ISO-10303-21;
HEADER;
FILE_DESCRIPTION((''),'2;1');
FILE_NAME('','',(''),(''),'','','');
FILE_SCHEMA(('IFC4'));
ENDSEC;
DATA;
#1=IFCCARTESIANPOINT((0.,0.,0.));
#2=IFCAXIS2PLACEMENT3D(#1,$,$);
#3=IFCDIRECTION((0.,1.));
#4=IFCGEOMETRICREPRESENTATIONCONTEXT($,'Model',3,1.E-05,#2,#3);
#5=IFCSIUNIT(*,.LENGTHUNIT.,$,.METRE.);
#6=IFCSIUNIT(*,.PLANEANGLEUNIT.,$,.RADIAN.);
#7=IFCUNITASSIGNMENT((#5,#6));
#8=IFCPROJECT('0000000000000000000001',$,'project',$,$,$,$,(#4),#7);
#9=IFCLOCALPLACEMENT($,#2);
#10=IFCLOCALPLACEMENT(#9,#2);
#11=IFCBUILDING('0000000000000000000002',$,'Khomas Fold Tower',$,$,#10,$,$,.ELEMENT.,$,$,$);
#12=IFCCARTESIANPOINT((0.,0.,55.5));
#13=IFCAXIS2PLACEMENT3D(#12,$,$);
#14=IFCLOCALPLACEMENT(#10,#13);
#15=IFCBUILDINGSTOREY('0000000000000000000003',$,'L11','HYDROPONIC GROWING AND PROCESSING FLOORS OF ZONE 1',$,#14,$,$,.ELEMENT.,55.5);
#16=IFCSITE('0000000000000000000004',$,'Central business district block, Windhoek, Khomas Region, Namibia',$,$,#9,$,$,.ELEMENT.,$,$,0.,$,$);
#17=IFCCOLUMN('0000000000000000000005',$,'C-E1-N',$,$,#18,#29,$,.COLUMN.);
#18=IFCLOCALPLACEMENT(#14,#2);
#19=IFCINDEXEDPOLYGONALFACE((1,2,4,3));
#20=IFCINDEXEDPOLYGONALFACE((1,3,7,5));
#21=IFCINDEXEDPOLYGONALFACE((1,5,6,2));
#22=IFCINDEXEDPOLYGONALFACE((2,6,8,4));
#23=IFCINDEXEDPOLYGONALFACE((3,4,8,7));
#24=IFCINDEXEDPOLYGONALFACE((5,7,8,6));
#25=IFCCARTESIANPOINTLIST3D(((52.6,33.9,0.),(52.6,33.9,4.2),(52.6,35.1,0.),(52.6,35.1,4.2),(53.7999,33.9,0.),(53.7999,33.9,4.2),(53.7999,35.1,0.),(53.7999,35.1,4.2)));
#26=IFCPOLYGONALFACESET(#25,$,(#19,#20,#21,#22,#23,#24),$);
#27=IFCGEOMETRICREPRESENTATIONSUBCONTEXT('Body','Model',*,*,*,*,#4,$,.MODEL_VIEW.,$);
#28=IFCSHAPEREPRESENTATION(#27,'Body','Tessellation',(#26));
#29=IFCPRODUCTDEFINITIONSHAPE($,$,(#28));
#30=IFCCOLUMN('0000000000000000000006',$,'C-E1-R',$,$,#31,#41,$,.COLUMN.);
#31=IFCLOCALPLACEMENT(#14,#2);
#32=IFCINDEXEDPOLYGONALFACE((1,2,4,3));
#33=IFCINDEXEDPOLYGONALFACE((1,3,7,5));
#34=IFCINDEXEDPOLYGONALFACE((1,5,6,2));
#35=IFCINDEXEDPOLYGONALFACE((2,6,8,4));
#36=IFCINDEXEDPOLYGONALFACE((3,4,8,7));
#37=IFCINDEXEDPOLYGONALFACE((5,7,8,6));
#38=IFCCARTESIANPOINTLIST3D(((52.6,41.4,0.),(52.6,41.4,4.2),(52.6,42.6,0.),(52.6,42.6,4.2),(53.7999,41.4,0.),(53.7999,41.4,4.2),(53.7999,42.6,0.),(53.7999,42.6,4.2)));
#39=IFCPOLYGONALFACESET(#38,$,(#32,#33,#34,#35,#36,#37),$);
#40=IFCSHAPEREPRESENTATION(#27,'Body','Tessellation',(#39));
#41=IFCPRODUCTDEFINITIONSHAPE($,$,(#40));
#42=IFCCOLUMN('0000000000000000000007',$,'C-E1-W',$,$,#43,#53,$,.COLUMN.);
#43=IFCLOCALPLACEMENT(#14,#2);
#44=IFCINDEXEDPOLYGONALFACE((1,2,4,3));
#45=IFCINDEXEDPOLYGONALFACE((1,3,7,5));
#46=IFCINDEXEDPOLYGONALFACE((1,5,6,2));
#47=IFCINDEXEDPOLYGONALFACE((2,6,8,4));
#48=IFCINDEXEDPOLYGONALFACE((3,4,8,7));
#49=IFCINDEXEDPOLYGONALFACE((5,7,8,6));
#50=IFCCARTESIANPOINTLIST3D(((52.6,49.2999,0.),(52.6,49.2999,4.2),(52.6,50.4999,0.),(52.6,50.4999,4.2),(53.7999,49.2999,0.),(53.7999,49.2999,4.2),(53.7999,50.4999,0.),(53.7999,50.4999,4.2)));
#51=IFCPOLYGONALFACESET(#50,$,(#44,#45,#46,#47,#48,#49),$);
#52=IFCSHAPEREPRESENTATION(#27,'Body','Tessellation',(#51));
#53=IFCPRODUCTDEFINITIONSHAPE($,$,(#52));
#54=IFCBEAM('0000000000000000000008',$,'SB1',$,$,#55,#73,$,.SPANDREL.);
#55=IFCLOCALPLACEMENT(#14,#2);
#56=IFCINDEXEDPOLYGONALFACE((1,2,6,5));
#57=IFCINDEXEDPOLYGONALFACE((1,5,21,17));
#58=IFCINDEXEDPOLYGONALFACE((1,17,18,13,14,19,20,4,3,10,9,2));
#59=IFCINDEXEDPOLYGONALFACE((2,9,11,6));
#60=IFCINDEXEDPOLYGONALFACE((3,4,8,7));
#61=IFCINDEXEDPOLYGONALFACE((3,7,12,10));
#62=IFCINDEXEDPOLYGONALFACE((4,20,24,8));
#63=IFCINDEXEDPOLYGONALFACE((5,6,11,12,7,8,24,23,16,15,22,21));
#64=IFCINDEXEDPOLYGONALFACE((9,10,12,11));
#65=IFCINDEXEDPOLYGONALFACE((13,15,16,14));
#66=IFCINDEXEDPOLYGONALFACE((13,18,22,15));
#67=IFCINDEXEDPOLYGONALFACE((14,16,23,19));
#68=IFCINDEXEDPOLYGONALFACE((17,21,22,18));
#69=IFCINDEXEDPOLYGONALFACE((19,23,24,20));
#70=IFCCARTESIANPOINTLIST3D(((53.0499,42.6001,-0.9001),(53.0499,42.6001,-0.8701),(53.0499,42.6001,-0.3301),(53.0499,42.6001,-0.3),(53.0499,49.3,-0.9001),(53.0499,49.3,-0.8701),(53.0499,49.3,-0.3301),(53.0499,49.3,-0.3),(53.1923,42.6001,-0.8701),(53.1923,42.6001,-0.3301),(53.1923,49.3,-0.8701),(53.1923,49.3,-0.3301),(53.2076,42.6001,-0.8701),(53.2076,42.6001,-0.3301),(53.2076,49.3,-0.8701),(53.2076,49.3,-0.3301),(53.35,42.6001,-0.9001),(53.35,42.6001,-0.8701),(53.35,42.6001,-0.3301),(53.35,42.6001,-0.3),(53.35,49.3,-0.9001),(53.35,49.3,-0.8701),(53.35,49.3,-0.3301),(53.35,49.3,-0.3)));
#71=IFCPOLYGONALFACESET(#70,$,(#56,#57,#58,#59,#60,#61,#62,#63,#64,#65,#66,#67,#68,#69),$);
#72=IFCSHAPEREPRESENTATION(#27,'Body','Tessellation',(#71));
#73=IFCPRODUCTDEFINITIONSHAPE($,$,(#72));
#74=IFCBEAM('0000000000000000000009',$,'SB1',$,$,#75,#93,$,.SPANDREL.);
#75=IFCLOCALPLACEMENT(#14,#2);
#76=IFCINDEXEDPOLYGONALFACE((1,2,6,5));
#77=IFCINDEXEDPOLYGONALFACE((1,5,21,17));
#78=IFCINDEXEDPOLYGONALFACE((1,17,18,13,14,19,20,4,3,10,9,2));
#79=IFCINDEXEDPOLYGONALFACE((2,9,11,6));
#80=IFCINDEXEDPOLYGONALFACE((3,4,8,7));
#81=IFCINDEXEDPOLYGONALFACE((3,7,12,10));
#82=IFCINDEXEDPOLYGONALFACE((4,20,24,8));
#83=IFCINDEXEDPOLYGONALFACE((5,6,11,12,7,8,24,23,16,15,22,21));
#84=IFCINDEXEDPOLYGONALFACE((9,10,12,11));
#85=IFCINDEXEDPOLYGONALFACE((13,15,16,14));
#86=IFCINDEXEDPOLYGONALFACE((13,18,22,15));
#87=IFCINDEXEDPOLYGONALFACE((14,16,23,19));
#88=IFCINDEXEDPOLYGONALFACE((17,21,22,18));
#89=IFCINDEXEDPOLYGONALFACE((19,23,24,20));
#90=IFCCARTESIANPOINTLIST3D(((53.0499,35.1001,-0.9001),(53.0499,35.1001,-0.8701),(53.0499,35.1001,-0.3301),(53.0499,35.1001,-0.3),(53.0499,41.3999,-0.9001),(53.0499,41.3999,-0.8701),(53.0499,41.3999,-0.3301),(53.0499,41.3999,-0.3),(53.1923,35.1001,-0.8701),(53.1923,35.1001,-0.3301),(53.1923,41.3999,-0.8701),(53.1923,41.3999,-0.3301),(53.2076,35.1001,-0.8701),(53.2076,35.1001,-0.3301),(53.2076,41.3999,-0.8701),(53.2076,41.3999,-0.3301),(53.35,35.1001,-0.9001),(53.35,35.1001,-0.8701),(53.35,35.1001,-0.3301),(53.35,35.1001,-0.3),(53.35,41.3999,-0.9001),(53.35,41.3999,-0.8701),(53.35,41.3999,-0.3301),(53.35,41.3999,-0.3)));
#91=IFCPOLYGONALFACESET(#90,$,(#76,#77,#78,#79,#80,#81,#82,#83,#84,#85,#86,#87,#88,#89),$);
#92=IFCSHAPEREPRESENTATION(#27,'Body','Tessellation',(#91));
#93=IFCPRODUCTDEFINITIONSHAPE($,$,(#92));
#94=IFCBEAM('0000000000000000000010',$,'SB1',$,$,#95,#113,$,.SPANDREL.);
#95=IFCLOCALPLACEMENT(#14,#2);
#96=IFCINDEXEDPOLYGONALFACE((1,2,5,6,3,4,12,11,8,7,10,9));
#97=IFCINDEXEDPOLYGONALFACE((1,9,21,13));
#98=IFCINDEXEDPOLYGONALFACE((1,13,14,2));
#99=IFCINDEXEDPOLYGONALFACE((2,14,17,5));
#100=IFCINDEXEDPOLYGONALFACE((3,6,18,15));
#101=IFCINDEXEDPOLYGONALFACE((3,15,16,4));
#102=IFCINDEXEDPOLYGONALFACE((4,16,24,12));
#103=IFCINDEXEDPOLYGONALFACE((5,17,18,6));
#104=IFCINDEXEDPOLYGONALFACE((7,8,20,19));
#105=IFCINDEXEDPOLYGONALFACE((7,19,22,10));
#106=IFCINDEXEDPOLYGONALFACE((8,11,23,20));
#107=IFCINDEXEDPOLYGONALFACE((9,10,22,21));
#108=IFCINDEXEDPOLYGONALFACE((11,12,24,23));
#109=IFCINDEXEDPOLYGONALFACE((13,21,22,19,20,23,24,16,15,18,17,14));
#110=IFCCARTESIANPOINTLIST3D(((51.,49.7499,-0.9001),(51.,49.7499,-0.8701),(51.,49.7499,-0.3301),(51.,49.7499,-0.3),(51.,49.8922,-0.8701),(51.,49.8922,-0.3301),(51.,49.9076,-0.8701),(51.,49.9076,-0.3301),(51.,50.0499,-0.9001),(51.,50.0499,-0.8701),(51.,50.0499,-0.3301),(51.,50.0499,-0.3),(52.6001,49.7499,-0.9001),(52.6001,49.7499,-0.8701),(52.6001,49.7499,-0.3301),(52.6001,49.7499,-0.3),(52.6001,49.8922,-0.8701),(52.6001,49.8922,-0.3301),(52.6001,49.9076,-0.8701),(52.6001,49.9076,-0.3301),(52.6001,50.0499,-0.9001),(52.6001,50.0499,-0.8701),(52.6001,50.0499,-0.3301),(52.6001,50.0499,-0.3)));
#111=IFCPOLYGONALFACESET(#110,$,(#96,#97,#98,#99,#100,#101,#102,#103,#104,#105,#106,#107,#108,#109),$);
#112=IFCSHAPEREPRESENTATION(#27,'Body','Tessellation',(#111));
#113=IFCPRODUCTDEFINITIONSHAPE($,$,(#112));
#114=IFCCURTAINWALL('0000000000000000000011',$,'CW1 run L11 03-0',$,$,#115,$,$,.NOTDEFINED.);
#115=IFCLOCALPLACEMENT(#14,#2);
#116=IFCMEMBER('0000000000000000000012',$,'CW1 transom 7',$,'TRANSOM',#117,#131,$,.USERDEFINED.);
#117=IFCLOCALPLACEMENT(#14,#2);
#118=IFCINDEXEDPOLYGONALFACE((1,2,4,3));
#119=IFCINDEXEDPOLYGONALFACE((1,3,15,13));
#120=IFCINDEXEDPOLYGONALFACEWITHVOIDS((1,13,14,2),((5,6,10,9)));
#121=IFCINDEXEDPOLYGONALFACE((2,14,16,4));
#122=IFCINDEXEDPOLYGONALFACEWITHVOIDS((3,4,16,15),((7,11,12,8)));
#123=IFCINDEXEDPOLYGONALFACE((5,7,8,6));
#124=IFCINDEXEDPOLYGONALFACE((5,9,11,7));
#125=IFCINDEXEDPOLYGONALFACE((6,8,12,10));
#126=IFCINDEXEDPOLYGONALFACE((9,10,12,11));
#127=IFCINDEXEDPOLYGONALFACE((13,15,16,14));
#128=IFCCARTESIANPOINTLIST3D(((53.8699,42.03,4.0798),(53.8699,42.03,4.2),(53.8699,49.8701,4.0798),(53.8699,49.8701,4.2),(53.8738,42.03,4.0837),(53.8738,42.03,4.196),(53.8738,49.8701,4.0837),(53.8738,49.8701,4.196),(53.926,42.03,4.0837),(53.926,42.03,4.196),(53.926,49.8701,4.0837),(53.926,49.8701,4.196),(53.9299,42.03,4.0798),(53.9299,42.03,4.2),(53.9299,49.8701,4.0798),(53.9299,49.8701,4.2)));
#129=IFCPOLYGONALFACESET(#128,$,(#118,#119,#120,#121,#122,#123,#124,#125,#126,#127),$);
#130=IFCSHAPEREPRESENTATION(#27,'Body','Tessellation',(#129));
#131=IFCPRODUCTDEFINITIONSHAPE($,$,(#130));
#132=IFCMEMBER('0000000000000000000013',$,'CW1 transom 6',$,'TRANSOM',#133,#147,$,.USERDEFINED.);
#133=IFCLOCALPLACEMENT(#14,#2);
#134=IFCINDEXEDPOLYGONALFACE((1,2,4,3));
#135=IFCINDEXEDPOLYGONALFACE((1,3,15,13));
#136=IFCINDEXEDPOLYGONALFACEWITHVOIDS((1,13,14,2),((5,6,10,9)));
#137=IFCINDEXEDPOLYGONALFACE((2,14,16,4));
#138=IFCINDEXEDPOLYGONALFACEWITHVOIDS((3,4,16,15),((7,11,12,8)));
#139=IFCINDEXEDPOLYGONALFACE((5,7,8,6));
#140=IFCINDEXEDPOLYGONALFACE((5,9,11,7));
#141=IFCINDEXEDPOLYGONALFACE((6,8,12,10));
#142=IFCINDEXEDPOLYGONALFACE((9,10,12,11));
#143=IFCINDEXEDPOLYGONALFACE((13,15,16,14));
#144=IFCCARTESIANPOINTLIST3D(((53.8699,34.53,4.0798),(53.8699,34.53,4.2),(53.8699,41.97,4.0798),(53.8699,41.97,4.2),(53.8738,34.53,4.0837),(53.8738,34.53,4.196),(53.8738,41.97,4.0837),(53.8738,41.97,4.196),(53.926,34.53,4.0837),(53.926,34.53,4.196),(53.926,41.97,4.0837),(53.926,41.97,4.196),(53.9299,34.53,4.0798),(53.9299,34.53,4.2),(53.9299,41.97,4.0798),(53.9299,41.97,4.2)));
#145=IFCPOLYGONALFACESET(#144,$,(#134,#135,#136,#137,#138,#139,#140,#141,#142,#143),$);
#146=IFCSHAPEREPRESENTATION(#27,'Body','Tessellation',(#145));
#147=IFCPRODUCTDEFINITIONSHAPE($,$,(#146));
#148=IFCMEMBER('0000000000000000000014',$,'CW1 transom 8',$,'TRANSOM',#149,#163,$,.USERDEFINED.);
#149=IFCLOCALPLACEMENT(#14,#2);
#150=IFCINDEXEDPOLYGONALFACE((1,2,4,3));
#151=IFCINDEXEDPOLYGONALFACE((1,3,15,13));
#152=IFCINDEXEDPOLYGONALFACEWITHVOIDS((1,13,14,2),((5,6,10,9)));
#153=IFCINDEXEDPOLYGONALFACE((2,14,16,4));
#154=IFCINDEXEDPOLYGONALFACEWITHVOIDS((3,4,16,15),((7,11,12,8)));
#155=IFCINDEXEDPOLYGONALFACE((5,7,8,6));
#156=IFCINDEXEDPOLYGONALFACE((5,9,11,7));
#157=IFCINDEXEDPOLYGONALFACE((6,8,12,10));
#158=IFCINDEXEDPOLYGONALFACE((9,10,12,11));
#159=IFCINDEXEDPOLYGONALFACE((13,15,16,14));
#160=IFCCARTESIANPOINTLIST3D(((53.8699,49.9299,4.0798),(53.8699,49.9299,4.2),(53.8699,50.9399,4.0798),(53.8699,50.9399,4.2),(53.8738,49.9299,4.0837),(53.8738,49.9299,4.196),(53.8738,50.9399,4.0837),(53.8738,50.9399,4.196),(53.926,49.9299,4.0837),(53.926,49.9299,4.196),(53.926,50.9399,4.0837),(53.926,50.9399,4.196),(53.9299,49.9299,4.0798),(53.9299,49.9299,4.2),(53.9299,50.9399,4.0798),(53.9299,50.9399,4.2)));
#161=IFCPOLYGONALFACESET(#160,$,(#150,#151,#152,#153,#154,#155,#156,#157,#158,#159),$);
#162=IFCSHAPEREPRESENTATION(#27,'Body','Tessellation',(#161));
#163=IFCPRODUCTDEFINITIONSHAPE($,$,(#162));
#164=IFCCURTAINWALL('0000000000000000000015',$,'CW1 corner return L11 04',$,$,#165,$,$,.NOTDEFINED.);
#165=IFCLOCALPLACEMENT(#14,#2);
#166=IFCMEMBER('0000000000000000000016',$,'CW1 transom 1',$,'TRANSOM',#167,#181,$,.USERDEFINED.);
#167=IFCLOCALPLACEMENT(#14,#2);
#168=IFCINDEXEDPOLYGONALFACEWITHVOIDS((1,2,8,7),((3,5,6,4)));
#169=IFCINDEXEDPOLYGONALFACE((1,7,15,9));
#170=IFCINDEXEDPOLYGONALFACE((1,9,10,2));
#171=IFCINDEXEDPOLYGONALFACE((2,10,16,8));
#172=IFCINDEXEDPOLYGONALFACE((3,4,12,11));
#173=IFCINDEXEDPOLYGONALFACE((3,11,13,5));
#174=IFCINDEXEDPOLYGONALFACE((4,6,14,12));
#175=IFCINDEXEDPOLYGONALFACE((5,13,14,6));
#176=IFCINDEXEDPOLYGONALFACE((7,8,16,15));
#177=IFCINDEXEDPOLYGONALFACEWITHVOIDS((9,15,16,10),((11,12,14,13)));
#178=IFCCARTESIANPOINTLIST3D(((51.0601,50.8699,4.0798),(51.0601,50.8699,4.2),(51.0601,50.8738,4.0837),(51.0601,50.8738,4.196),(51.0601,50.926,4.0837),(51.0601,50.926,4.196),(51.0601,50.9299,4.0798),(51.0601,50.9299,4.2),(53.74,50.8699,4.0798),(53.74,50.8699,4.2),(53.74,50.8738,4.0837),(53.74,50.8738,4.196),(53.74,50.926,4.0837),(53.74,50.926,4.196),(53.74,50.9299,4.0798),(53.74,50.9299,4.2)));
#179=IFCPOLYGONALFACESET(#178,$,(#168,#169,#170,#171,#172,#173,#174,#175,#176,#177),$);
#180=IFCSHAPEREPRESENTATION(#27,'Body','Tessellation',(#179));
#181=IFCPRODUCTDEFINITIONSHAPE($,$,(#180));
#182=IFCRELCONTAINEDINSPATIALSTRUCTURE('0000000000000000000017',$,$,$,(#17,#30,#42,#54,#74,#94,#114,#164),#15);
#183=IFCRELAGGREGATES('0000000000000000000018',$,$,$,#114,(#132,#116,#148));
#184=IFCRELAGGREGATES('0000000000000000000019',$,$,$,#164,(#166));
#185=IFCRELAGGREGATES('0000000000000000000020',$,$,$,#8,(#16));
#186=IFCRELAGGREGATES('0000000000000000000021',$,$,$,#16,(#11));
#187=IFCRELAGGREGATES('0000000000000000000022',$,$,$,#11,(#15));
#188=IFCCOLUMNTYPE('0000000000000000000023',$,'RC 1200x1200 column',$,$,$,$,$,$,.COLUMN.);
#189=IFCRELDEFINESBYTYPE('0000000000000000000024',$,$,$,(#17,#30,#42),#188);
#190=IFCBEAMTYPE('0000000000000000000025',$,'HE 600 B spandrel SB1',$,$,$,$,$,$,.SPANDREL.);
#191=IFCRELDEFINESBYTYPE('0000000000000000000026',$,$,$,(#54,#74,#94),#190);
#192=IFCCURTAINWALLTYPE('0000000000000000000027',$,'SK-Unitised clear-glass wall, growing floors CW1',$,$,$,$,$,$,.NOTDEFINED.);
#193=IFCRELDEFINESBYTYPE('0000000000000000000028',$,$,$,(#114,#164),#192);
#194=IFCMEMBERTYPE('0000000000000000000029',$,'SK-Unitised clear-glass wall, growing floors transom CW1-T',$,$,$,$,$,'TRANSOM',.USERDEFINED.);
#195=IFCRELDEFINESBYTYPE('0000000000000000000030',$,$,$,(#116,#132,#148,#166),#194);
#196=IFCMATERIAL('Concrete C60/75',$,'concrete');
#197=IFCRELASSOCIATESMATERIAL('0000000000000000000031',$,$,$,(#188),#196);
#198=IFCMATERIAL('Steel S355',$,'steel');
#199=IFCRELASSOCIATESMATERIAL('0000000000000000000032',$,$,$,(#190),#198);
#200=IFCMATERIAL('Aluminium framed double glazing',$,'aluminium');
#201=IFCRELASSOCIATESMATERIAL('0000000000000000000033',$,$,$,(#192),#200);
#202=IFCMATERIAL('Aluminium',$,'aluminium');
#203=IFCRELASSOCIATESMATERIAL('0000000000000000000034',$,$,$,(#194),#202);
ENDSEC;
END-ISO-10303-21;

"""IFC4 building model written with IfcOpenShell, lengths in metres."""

from ifc_helpers import new_model, si_unit, direction, frame, origin, origin_2d, place, context, subcontext, project, spatial, rectangle, hollow_rectangle, i_section, extrude, source, transform, mapped, material, material_profile, profile_set, type_object, element, aggregate, save


model = new_model("IFC4")

# Units and contexts
model_context = context("Model", 3, precision=1e-05, world=origin(), true_north=direction((0.0, 1.0)))
body_context = subcontext(model_context, "Body", "Model", "MODEL_VIEW")
ifc_project = project(units=[si_unit("LENGTHUNIT", "METRE"), si_unit("PLANEANGLEUNIT", "RADIAN")], contexts=[model_context])

# Site, building, storey
site_placement = place(None, origin())
site = spatial("IfcSite", under=ifc_project, at=site_placement, Name="Central business district block, Windhoek, Khomas Region, Namibia", CompositionType="ELEMENT", RefElevation=0.0)
building_placement = place(site_placement, origin())
building = spatial("IfcBuilding", under=site, at=building_placement, Name="Khomas Fold Tower", CompositionType="ELEMENT")
storey_placement = place(building_placement, frame((0.0, 0.0, 55.5)))
storey = spatial("IfcBuildingStorey", under=building, at=storey_placement, Name="L11", Description="HYDROPONIC GROWING AND PROCESSING FLOORS OF ZONE 1", CompositionType="ELEMENT", Elevation=55.5)

# Columns
ifc_material_1 = material(Name="Concrete C60/75", Category="concrete")
ifc_material_profile_1 = material_profile(ifc_material_1, rectangle(XDim=1.2, YDim=1.2, at=origin_2d()), Name="RC 1200x1200")
ifc_profile_set_1 = profile_set([ifc_material_profile_1], Name="Concrete C60/75")
column_type = type_object("IfcColumnType", Name="RC 1200x1200 column", PredefinedType="COLUMN", material=ifc_profile_set_1)
shared_shape_1 = source(origin(), body_context, "Body", "SweptSolid", [
    extrude(rectangle(XDim=1.2, YDim=1.2, at=origin_2d()), origin(), (0.0, 0.0, 1.0), 4.2),
])
for number, where, z_axis, x_axis, name in (
    (1, (53.2, 34.5, 0.0), (0.0, 0.0, 1.0), (1.0, 0.0, 0.0), "C-E1-N"),
    (2, (53.2, 42.0, 0.0), (0.0, 0.0, 1.0), (1.0, 0.0, 0.0), "C-E1-R"),
    (3, (53.2, 49.8999, 0.0), (0.0, 0.0, 1.0), (1.0, 0.0, 0.0), "C-E1-W"),
):
    element("IfcColumn", number, at=place(storey_placement, frame(where, z_axis=z_axis, x_axis=x_axis)), inside=storey, type_object=column_type, Name=name, PredefinedType="COLUMN", context=body_context, shape_type="MappedRepresentation", body=[
        mapped(shared_shape_1, transform((0.0, 0.0, 0.0))),
    ])

# Beams
ifc_material_2 = material(Name="Steel S355", Category="steel")
ifc_material_profile_2 = material_profile(ifc_material_2, i_section(OverallWidth=0.3, OverallDepth=0.6001, WebThickness=0.0154, FlangeThickness=0.03, at=origin_2d()), Name="HE 600 B")
ifc_profile_set_2 = profile_set([ifc_material_profile_2], Name="Steel S355")
beam_type = type_object("IfcBeamType", Name="HE 600 B spandrel SB1", PredefinedType="SPANDREL", material=ifc_profile_set_2)
shared_shape_2 = source(origin(), body_context, "Body", "SweptSolid", [
    extrude(i_section(OverallWidth=0.3, OverallDepth=0.6001, WebThickness=0.0154, FlangeThickness=0.03, at=origin_2d()), origin(), (0.0, 0.0, 1.0), 6.7),
])
beam_1_placement = place(storey_placement, frame((53.2, 42.6001, -0.6001), z_axis=(0.0, 1.0, 0.0), x_axis=(-1.0, 0.0, 0.0)))
element("IfcBeam", 4, at=beam_1_placement, inside=storey, type_object=beam_type, Name="SB1", PredefinedType="SPANDREL", context=body_context, shape_type="MappedRepresentation", body=[
    mapped(shared_shape_2, transform((0.0, 0.0, 0.0))),
])
shared_shape_3 = source(origin(), body_context, "Body", "SweptSolid", [
    extrude(i_section(OverallWidth=0.3, OverallDepth=0.6001, WebThickness=0.0154, FlangeThickness=0.03, at=origin_2d()), origin(), (0.0, 0.0, 1.0), 6.2998),
])
beam_2_placement = place(storey_placement, frame((53.2, 35.1001, -0.6001), z_axis=(0.0, 1.0, 0.0), x_axis=(-1.0, 0.0, 0.0)))
element("IfcBeam", 5, at=beam_2_placement, inside=storey, type_object=beam_type, Name="SB1", PredefinedType="SPANDREL", context=body_context, shape_type="MappedRepresentation", body=[
    mapped(shared_shape_3, transform((0.0, 0.0, 0.0))),
])
shared_shape_4 = source(origin(), body_context, "Body", "SweptSolid", [
    extrude(i_section(OverallWidth=0.3, OverallDepth=0.6001, WebThickness=0.0154, FlangeThickness=0.03, at=origin_2d()), origin(), (0.0, 0.0, 1.0), 1.6001),
])
beam_3_placement = place(storey_placement, frame((51.0, 49.8999, -0.6001), z_axis=(1.0, 0.0, 0.0), x_axis=(0.0, 1.0, 0.0)))
element("IfcBeam", 6, at=beam_3_placement, inside=storey, type_object=beam_type, Name="SB1", PredefinedType="SPANDREL", context=body_context, shape_type="MappedRepresentation", body=[
    mapped(shared_shape_4, transform((0.0, 0.0, 0.0))),
])

# Curtain wall, members
ifc_material_3 = material(Name="Aluminium framed double glazing", Category="aluminium")
curtain_wall_type = type_object("IfcCurtainWallType", Name="SK-Unitised clear-glass wall, growing floors CW1", PredefinedType="NOTDEFINED", material=ifc_material_3)
curtain_wall_1_placement = place(storey_placement, origin())
curtain_wall_1 = element("IfcCurtainWall", 7, at=curtain_wall_1_placement, inside=storey, type_object=curtain_wall_type, Name="CW1 run L11 03-0", PredefinedType="NOTDEFINED")
ifc_material_4 = material(Name="Aluminium", Category="aluminium")
ifc_material_profile_3 = material_profile(ifc_material_4, hollow_rectangle(XDim=0.0601, YDim=0.1201, WallThickness=0.0039, at=origin_2d()), Name="SK-Unitised clear-glass wall, growing floors transom CW1-T")
ifc_profile_set_3 = profile_set([ifc_material_profile_3], Name="Aluminium")
member_type_1 = type_object("IfcMemberType", Name="SK-Unitised clear-glass wall, growing floors transom CW1-T", ElementType="TRANSOM", PredefinedType="USERDEFINED", material=ifc_profile_set_3)
shared_shape_5 = source(origin(), body_context, "Body", "SweptSolid", [
    extrude(hollow_rectangle(XDim=0.0601, YDim=0.1201, WallThickness=0.0039, at=origin_2d()), origin(), (0.0, 0.0, 1.0), 7.8401),
])
member_1_placement = place(storey_placement, frame((53.8999, 42.03, 4.1399), z_axis=(0.0, 1.0, 0.0), x_axis=(-1.0, 0.0, 0.0)))
member_1 = element("IfcMember", 8, at=member_1_placement, type_object=member_type_1, Name="CW1 transom 7", ObjectType="TRANSOM", PredefinedType="USERDEFINED", context=body_context, shape_type="MappedRepresentation", body=[
    mapped(shared_shape_5, transform((0.0, 0.0, 0.0))),
])
shared_shape_6 = source(origin(), body_context, "Body", "SweptSolid", [
    extrude(hollow_rectangle(XDim=0.0601, YDim=0.1201, WallThickness=0.0039, at=origin_2d()), origin(), (0.0, 0.0, 1.0), 7.4399),
])
member_2_placement = place(storey_placement, frame((53.8999, 34.53, 4.1399), z_axis=(0.0, 1.0, 0.0), x_axis=(-1.0, 0.0, 0.0)))
member_2 = element("IfcMember", 9, at=member_2_placement, type_object=member_type_1, Name="CW1 transom 6", ObjectType="TRANSOM", PredefinedType="USERDEFINED", context=body_context, shape_type="MappedRepresentation", body=[
    mapped(shared_shape_6, transform((0.0, 0.0, 0.0))),
])
shared_shape_7 = source(origin(), body_context, "Body", "SweptSolid", [
    extrude(hollow_rectangle(XDim=0.0601, YDim=0.1201, WallThickness=0.0039, at=origin_2d()), origin(), (0.0, 0.0, 1.0), 1.01),
])
member_3_placement = place(storey_placement, frame((53.8999, 49.9299, 4.1399), z_axis=(0.0, 1.0, 0.0), x_axis=(-1.0, 0.0, 0.0)))
member_3 = element("IfcMember", 10, at=member_3_placement, type_object=member_type_1, Name="CW1 transom 8", ObjectType="TRANSOM", PredefinedType="USERDEFINED", context=body_context, shape_type="MappedRepresentation", body=[
    mapped(shared_shape_7, transform((0.0, 0.0, 0.0))),
])

# Curtain wall, member
curtain_wall_2_placement = place(storey_placement, origin())
curtain_wall_2 = element("IfcCurtainWall", 11, at=curtain_wall_2_placement, inside=storey, type_object=curtain_wall_type, Name="CW1 corner return L11 04", PredefinedType="NOTDEFINED")
shared_shape_8 = source(origin(), body_context, "Body", "SweptSolid", [
    extrude(hollow_rectangle(XDim=0.0601, YDim=0.1201, WallThickness=0.0039, at=origin_2d()), origin(), (0.0, 0.0, 1.0), 2.6799),
])
member_4_placement = place(storey_placement, frame((53.74, 50.8999, 4.1399), z_axis=(-1.0, 0.0, 0.0), x_axis=(0.0, -1.0, 0.0)))
member_4 = element("IfcMember", 12, at=member_4_placement, type_object=member_type_1, Name="CW1 transom 1", ObjectType="TRANSOM", PredefinedType="USERDEFINED", context=body_context, shape_type="MappedRepresentation", body=[
    mapped(shared_shape_8, transform((0.0, 0.0, 0.0))),
])

aggregate(curtain_wall_1, [member_2, member_1, member_3])
aggregate(curtain_wall_2, [member_4])

save(model, "model.ifc")
